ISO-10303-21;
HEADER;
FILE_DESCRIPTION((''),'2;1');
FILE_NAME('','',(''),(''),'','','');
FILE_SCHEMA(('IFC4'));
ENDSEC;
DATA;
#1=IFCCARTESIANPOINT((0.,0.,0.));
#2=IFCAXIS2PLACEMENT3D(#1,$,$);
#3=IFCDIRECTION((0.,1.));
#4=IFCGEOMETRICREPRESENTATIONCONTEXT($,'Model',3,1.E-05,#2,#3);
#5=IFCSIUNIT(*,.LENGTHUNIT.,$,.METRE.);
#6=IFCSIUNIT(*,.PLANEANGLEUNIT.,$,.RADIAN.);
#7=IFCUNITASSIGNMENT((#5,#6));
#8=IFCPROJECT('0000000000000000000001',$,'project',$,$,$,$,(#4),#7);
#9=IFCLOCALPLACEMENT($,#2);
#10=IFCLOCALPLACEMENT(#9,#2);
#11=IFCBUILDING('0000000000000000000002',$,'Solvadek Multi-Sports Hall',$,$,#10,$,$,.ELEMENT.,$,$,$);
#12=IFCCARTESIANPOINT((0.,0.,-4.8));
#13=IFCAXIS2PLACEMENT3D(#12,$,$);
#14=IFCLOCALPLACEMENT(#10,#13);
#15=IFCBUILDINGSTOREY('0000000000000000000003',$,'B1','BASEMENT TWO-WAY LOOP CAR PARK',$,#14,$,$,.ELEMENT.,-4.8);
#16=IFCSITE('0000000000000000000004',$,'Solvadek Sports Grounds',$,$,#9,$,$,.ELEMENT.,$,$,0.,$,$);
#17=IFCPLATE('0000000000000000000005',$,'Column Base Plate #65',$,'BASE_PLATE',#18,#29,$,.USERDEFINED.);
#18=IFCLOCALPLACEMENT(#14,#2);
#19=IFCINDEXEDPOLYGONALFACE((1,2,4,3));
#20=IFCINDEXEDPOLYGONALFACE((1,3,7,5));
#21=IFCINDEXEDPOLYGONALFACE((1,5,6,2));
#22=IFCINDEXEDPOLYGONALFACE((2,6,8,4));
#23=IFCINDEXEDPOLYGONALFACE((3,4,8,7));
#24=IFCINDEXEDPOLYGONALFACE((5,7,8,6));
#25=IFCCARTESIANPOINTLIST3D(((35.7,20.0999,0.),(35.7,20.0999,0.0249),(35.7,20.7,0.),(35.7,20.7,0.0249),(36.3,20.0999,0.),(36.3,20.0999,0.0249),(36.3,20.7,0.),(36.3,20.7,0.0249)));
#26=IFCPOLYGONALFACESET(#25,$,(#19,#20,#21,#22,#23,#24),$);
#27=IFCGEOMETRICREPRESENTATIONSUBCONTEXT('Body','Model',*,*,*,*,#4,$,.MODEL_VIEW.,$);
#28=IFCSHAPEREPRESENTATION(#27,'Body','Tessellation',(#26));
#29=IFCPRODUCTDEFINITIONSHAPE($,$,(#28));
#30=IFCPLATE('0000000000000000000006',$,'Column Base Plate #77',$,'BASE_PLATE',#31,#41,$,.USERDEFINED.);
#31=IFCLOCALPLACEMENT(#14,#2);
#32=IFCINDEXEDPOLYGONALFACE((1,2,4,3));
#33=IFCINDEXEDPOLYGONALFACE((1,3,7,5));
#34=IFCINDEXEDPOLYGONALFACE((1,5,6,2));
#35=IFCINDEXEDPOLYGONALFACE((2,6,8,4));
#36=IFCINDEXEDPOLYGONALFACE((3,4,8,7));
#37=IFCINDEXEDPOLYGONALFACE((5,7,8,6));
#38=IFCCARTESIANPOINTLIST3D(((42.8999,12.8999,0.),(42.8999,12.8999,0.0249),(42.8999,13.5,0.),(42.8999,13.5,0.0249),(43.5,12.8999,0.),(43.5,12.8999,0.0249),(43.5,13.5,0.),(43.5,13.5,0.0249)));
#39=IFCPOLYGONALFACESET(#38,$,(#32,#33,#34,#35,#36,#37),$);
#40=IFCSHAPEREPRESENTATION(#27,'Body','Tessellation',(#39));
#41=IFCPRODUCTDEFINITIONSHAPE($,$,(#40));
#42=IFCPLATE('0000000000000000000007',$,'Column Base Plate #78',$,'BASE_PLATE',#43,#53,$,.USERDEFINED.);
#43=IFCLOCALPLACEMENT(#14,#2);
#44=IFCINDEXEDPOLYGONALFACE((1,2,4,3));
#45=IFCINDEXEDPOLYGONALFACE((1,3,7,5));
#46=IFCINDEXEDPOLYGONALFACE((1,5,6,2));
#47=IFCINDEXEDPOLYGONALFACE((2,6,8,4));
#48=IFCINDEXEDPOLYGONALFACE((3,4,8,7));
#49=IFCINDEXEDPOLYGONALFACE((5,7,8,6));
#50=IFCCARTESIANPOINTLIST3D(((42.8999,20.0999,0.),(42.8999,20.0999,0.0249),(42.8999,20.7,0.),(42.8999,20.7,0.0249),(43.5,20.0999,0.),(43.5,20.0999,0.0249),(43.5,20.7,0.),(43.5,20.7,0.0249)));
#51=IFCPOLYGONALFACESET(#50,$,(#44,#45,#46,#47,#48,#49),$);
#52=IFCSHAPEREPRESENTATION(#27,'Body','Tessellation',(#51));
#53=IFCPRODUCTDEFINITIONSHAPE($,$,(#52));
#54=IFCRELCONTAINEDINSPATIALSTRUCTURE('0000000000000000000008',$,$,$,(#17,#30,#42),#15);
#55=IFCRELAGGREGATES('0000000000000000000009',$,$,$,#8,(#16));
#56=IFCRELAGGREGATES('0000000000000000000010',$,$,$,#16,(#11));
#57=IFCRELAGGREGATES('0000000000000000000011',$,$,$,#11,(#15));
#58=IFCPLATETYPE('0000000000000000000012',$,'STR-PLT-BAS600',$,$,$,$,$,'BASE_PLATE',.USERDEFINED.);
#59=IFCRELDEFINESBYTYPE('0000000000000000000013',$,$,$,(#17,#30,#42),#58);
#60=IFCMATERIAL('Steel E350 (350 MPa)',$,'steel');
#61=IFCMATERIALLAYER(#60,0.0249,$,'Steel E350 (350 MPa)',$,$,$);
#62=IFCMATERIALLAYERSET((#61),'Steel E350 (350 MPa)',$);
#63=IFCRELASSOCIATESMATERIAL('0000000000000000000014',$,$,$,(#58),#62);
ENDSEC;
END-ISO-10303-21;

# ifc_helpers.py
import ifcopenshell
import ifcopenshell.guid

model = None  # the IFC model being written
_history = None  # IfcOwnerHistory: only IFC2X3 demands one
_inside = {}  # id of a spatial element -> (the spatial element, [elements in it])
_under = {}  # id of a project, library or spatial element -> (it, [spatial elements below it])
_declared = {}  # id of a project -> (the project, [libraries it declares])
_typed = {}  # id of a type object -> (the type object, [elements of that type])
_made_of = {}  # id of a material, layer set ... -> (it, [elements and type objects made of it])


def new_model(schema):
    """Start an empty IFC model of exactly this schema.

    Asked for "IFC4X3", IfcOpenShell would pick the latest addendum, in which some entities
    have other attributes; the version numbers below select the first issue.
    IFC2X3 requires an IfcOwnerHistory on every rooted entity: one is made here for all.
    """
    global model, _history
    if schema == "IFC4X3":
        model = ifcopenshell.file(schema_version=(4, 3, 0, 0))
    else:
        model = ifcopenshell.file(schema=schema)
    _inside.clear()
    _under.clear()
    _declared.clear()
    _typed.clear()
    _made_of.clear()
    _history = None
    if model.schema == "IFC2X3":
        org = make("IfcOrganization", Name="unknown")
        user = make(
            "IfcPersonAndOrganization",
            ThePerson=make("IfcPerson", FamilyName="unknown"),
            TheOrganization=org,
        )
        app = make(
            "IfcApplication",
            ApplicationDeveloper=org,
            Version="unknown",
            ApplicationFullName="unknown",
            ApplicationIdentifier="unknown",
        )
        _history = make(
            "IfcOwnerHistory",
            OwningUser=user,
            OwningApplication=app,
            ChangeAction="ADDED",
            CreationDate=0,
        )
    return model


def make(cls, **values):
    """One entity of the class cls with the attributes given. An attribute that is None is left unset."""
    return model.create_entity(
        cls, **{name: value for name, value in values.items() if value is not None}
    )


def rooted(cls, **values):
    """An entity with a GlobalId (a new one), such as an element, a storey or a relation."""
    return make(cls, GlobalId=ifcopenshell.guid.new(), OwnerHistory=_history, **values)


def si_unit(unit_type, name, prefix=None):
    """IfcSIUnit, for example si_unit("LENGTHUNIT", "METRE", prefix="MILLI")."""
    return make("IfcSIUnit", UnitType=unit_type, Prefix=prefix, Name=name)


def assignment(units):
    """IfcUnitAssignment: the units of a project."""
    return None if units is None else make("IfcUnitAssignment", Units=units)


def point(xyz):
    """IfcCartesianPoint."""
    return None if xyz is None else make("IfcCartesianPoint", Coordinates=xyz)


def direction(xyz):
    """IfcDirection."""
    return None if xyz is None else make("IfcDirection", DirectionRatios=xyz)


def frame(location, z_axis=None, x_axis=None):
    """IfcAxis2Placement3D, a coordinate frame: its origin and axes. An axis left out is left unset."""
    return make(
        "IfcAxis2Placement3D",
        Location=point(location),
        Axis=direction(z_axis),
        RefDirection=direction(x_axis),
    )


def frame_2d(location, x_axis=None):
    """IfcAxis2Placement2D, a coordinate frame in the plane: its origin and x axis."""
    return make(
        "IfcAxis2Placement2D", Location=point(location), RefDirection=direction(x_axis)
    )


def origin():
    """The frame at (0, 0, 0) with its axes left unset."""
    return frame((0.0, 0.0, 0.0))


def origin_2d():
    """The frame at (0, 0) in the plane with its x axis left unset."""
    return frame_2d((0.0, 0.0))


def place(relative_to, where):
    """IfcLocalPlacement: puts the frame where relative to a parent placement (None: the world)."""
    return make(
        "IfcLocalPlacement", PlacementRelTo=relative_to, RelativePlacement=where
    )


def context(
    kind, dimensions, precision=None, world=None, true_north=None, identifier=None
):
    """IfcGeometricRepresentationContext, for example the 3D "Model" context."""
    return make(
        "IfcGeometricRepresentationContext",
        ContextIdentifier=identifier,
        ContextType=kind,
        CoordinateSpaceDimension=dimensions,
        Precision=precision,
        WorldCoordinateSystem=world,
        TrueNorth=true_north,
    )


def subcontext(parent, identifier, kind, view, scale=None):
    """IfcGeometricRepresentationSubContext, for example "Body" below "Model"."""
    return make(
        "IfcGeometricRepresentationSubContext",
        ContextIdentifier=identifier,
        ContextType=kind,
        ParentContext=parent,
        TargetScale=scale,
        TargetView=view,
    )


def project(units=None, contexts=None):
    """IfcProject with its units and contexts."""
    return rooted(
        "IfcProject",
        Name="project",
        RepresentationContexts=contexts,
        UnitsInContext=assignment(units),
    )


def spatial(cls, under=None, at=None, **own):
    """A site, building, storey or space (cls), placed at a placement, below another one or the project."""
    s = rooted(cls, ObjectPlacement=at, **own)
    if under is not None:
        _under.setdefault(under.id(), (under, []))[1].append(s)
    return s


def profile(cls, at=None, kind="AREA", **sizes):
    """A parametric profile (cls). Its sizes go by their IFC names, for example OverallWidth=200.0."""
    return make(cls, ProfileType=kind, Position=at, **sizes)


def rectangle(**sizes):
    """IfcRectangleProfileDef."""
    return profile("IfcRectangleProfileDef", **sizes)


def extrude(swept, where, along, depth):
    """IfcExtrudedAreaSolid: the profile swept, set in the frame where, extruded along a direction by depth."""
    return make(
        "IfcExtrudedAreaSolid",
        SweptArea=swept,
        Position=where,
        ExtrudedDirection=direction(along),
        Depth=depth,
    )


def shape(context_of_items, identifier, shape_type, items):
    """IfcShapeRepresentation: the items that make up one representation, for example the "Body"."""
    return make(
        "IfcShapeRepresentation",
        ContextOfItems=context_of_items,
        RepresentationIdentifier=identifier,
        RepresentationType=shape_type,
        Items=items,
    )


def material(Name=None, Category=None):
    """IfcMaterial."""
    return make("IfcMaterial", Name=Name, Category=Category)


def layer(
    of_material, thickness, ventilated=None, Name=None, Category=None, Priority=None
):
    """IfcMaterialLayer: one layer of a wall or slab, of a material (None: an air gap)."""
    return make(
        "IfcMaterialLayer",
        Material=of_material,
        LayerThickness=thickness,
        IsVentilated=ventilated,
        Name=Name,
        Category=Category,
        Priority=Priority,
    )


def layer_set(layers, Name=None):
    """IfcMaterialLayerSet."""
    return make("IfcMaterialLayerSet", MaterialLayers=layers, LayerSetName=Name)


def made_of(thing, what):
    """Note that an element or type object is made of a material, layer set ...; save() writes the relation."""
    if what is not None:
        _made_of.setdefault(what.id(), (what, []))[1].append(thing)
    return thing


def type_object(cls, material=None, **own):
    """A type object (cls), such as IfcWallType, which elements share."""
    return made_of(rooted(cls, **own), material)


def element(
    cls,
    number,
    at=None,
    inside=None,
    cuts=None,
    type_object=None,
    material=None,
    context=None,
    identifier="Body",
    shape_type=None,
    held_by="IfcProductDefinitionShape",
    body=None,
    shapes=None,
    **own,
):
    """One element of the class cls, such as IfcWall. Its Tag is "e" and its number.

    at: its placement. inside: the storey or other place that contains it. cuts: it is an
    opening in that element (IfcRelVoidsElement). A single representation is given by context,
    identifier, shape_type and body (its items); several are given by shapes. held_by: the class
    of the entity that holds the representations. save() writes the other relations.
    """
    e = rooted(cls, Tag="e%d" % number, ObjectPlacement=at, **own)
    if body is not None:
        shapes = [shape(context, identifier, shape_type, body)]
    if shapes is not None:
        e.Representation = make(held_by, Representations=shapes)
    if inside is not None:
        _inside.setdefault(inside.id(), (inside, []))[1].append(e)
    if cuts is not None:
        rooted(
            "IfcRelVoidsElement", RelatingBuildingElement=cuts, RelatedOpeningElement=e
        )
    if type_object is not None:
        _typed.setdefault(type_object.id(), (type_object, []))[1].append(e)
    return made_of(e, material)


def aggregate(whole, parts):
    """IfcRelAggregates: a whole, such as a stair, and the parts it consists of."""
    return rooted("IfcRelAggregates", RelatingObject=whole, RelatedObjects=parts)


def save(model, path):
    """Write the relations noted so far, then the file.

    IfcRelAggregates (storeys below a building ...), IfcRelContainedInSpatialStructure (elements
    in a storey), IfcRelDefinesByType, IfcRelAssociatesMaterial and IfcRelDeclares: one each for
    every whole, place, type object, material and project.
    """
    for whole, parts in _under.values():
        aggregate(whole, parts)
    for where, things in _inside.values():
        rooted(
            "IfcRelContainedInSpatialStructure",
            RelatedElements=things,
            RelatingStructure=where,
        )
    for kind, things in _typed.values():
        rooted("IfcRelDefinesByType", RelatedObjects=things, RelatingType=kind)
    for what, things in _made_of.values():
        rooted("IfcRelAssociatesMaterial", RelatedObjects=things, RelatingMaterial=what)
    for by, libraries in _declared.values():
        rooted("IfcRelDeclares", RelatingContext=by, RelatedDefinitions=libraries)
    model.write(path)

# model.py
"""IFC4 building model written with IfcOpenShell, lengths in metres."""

from ifc_helpers import new_model, si_unit, direction, frame, origin, origin_2d, place, context, subcontext, project, spatial, rectangle, extrude, material, layer, layer_set, type_object, element, save


model = new_model("IFC4")

# Units and contexts
model_context = context("Model", 3, precision=1e-05, world=origin(), true_north=direction((0.0, 1.0)))
body_context = subcontext(model_context, "Body", "Model", "MODEL_VIEW")
ifc_project = project(units=[si_unit("LENGTHUNIT", "METRE"), si_unit("PLANEANGLEUNIT", "RADIAN")], contexts=[model_context])

# Site, building, storey
site_placement = place(None, origin())
site = spatial("IfcSite", under=ifc_project, at=site_placement, Name="Solvadek Sports Grounds", CompositionType="ELEMENT", RefElevation=0.0)
building_placement = place(site_placement, origin())
building = spatial("IfcBuilding", under=site, at=building_placement, Name="Solvadek Multi-Sports Hall", CompositionType="ELEMENT")
storey_placement = place(building_placement, frame((0.0, 0.0, -4.8)))
storey = spatial("IfcBuildingStorey", under=building, at=storey_placement, Name="B1", Description="BASEMENT TWO-WAY LOOP CAR PARK", CompositionType="ELEMENT", Elevation=-4.8)

# Shared definitions
ifc_material_1 = material(Name="Steel E350 (350 MPa)", Category="steel")

# Plates
ifc_layer = layer(ifc_material_1, 0.0249, Name="Steel E350 (350 MPa)")
ifc_layer_set = layer_set([ifc_layer], Name="Steel E350 (350 MPa)")
plate_type = type_object("IfcPlateType", Name="STR-PLT-BAS600", ElementType="BASE_PLATE", PredefinedType="USERDEFINED", material=ifc_layer_set)
for number, where, z_axis, x_axis, name in (
    (1, (36.0, 20.3999, 0.0), (0.0, 0.0, 1.0), (1.0, 0.0, 0.0), "Column Base Plate #65"),
    (2, (43.2, 13.2, 0.0), (0.0, 0.0, 1.0), (1.0, 0.0, 0.0), "Column Base Plate #77"),
    (3, (43.2, 20.3999, 0.0), (0.0, 0.0, 1.0), (1.0, 0.0, 0.0), "Column Base Plate #78"),
):
    element("IfcPlate", number, at=place(storey_placement, frame(where, z_axis=z_axis, x_axis=x_axis)), inside=storey, type_object=plate_type, Name=name, ObjectType="BASE_PLATE", PredefinedType="USERDEFINED", context=body_context, shape_type="SweptSolid", body=[
        extrude(rectangle(XDim=0.6001, YDim=0.6001, at=origin_2d()), origin(), (0.0, 0.0, 1.0), 0.0249),
    ])

save(model, "model.ifc")
